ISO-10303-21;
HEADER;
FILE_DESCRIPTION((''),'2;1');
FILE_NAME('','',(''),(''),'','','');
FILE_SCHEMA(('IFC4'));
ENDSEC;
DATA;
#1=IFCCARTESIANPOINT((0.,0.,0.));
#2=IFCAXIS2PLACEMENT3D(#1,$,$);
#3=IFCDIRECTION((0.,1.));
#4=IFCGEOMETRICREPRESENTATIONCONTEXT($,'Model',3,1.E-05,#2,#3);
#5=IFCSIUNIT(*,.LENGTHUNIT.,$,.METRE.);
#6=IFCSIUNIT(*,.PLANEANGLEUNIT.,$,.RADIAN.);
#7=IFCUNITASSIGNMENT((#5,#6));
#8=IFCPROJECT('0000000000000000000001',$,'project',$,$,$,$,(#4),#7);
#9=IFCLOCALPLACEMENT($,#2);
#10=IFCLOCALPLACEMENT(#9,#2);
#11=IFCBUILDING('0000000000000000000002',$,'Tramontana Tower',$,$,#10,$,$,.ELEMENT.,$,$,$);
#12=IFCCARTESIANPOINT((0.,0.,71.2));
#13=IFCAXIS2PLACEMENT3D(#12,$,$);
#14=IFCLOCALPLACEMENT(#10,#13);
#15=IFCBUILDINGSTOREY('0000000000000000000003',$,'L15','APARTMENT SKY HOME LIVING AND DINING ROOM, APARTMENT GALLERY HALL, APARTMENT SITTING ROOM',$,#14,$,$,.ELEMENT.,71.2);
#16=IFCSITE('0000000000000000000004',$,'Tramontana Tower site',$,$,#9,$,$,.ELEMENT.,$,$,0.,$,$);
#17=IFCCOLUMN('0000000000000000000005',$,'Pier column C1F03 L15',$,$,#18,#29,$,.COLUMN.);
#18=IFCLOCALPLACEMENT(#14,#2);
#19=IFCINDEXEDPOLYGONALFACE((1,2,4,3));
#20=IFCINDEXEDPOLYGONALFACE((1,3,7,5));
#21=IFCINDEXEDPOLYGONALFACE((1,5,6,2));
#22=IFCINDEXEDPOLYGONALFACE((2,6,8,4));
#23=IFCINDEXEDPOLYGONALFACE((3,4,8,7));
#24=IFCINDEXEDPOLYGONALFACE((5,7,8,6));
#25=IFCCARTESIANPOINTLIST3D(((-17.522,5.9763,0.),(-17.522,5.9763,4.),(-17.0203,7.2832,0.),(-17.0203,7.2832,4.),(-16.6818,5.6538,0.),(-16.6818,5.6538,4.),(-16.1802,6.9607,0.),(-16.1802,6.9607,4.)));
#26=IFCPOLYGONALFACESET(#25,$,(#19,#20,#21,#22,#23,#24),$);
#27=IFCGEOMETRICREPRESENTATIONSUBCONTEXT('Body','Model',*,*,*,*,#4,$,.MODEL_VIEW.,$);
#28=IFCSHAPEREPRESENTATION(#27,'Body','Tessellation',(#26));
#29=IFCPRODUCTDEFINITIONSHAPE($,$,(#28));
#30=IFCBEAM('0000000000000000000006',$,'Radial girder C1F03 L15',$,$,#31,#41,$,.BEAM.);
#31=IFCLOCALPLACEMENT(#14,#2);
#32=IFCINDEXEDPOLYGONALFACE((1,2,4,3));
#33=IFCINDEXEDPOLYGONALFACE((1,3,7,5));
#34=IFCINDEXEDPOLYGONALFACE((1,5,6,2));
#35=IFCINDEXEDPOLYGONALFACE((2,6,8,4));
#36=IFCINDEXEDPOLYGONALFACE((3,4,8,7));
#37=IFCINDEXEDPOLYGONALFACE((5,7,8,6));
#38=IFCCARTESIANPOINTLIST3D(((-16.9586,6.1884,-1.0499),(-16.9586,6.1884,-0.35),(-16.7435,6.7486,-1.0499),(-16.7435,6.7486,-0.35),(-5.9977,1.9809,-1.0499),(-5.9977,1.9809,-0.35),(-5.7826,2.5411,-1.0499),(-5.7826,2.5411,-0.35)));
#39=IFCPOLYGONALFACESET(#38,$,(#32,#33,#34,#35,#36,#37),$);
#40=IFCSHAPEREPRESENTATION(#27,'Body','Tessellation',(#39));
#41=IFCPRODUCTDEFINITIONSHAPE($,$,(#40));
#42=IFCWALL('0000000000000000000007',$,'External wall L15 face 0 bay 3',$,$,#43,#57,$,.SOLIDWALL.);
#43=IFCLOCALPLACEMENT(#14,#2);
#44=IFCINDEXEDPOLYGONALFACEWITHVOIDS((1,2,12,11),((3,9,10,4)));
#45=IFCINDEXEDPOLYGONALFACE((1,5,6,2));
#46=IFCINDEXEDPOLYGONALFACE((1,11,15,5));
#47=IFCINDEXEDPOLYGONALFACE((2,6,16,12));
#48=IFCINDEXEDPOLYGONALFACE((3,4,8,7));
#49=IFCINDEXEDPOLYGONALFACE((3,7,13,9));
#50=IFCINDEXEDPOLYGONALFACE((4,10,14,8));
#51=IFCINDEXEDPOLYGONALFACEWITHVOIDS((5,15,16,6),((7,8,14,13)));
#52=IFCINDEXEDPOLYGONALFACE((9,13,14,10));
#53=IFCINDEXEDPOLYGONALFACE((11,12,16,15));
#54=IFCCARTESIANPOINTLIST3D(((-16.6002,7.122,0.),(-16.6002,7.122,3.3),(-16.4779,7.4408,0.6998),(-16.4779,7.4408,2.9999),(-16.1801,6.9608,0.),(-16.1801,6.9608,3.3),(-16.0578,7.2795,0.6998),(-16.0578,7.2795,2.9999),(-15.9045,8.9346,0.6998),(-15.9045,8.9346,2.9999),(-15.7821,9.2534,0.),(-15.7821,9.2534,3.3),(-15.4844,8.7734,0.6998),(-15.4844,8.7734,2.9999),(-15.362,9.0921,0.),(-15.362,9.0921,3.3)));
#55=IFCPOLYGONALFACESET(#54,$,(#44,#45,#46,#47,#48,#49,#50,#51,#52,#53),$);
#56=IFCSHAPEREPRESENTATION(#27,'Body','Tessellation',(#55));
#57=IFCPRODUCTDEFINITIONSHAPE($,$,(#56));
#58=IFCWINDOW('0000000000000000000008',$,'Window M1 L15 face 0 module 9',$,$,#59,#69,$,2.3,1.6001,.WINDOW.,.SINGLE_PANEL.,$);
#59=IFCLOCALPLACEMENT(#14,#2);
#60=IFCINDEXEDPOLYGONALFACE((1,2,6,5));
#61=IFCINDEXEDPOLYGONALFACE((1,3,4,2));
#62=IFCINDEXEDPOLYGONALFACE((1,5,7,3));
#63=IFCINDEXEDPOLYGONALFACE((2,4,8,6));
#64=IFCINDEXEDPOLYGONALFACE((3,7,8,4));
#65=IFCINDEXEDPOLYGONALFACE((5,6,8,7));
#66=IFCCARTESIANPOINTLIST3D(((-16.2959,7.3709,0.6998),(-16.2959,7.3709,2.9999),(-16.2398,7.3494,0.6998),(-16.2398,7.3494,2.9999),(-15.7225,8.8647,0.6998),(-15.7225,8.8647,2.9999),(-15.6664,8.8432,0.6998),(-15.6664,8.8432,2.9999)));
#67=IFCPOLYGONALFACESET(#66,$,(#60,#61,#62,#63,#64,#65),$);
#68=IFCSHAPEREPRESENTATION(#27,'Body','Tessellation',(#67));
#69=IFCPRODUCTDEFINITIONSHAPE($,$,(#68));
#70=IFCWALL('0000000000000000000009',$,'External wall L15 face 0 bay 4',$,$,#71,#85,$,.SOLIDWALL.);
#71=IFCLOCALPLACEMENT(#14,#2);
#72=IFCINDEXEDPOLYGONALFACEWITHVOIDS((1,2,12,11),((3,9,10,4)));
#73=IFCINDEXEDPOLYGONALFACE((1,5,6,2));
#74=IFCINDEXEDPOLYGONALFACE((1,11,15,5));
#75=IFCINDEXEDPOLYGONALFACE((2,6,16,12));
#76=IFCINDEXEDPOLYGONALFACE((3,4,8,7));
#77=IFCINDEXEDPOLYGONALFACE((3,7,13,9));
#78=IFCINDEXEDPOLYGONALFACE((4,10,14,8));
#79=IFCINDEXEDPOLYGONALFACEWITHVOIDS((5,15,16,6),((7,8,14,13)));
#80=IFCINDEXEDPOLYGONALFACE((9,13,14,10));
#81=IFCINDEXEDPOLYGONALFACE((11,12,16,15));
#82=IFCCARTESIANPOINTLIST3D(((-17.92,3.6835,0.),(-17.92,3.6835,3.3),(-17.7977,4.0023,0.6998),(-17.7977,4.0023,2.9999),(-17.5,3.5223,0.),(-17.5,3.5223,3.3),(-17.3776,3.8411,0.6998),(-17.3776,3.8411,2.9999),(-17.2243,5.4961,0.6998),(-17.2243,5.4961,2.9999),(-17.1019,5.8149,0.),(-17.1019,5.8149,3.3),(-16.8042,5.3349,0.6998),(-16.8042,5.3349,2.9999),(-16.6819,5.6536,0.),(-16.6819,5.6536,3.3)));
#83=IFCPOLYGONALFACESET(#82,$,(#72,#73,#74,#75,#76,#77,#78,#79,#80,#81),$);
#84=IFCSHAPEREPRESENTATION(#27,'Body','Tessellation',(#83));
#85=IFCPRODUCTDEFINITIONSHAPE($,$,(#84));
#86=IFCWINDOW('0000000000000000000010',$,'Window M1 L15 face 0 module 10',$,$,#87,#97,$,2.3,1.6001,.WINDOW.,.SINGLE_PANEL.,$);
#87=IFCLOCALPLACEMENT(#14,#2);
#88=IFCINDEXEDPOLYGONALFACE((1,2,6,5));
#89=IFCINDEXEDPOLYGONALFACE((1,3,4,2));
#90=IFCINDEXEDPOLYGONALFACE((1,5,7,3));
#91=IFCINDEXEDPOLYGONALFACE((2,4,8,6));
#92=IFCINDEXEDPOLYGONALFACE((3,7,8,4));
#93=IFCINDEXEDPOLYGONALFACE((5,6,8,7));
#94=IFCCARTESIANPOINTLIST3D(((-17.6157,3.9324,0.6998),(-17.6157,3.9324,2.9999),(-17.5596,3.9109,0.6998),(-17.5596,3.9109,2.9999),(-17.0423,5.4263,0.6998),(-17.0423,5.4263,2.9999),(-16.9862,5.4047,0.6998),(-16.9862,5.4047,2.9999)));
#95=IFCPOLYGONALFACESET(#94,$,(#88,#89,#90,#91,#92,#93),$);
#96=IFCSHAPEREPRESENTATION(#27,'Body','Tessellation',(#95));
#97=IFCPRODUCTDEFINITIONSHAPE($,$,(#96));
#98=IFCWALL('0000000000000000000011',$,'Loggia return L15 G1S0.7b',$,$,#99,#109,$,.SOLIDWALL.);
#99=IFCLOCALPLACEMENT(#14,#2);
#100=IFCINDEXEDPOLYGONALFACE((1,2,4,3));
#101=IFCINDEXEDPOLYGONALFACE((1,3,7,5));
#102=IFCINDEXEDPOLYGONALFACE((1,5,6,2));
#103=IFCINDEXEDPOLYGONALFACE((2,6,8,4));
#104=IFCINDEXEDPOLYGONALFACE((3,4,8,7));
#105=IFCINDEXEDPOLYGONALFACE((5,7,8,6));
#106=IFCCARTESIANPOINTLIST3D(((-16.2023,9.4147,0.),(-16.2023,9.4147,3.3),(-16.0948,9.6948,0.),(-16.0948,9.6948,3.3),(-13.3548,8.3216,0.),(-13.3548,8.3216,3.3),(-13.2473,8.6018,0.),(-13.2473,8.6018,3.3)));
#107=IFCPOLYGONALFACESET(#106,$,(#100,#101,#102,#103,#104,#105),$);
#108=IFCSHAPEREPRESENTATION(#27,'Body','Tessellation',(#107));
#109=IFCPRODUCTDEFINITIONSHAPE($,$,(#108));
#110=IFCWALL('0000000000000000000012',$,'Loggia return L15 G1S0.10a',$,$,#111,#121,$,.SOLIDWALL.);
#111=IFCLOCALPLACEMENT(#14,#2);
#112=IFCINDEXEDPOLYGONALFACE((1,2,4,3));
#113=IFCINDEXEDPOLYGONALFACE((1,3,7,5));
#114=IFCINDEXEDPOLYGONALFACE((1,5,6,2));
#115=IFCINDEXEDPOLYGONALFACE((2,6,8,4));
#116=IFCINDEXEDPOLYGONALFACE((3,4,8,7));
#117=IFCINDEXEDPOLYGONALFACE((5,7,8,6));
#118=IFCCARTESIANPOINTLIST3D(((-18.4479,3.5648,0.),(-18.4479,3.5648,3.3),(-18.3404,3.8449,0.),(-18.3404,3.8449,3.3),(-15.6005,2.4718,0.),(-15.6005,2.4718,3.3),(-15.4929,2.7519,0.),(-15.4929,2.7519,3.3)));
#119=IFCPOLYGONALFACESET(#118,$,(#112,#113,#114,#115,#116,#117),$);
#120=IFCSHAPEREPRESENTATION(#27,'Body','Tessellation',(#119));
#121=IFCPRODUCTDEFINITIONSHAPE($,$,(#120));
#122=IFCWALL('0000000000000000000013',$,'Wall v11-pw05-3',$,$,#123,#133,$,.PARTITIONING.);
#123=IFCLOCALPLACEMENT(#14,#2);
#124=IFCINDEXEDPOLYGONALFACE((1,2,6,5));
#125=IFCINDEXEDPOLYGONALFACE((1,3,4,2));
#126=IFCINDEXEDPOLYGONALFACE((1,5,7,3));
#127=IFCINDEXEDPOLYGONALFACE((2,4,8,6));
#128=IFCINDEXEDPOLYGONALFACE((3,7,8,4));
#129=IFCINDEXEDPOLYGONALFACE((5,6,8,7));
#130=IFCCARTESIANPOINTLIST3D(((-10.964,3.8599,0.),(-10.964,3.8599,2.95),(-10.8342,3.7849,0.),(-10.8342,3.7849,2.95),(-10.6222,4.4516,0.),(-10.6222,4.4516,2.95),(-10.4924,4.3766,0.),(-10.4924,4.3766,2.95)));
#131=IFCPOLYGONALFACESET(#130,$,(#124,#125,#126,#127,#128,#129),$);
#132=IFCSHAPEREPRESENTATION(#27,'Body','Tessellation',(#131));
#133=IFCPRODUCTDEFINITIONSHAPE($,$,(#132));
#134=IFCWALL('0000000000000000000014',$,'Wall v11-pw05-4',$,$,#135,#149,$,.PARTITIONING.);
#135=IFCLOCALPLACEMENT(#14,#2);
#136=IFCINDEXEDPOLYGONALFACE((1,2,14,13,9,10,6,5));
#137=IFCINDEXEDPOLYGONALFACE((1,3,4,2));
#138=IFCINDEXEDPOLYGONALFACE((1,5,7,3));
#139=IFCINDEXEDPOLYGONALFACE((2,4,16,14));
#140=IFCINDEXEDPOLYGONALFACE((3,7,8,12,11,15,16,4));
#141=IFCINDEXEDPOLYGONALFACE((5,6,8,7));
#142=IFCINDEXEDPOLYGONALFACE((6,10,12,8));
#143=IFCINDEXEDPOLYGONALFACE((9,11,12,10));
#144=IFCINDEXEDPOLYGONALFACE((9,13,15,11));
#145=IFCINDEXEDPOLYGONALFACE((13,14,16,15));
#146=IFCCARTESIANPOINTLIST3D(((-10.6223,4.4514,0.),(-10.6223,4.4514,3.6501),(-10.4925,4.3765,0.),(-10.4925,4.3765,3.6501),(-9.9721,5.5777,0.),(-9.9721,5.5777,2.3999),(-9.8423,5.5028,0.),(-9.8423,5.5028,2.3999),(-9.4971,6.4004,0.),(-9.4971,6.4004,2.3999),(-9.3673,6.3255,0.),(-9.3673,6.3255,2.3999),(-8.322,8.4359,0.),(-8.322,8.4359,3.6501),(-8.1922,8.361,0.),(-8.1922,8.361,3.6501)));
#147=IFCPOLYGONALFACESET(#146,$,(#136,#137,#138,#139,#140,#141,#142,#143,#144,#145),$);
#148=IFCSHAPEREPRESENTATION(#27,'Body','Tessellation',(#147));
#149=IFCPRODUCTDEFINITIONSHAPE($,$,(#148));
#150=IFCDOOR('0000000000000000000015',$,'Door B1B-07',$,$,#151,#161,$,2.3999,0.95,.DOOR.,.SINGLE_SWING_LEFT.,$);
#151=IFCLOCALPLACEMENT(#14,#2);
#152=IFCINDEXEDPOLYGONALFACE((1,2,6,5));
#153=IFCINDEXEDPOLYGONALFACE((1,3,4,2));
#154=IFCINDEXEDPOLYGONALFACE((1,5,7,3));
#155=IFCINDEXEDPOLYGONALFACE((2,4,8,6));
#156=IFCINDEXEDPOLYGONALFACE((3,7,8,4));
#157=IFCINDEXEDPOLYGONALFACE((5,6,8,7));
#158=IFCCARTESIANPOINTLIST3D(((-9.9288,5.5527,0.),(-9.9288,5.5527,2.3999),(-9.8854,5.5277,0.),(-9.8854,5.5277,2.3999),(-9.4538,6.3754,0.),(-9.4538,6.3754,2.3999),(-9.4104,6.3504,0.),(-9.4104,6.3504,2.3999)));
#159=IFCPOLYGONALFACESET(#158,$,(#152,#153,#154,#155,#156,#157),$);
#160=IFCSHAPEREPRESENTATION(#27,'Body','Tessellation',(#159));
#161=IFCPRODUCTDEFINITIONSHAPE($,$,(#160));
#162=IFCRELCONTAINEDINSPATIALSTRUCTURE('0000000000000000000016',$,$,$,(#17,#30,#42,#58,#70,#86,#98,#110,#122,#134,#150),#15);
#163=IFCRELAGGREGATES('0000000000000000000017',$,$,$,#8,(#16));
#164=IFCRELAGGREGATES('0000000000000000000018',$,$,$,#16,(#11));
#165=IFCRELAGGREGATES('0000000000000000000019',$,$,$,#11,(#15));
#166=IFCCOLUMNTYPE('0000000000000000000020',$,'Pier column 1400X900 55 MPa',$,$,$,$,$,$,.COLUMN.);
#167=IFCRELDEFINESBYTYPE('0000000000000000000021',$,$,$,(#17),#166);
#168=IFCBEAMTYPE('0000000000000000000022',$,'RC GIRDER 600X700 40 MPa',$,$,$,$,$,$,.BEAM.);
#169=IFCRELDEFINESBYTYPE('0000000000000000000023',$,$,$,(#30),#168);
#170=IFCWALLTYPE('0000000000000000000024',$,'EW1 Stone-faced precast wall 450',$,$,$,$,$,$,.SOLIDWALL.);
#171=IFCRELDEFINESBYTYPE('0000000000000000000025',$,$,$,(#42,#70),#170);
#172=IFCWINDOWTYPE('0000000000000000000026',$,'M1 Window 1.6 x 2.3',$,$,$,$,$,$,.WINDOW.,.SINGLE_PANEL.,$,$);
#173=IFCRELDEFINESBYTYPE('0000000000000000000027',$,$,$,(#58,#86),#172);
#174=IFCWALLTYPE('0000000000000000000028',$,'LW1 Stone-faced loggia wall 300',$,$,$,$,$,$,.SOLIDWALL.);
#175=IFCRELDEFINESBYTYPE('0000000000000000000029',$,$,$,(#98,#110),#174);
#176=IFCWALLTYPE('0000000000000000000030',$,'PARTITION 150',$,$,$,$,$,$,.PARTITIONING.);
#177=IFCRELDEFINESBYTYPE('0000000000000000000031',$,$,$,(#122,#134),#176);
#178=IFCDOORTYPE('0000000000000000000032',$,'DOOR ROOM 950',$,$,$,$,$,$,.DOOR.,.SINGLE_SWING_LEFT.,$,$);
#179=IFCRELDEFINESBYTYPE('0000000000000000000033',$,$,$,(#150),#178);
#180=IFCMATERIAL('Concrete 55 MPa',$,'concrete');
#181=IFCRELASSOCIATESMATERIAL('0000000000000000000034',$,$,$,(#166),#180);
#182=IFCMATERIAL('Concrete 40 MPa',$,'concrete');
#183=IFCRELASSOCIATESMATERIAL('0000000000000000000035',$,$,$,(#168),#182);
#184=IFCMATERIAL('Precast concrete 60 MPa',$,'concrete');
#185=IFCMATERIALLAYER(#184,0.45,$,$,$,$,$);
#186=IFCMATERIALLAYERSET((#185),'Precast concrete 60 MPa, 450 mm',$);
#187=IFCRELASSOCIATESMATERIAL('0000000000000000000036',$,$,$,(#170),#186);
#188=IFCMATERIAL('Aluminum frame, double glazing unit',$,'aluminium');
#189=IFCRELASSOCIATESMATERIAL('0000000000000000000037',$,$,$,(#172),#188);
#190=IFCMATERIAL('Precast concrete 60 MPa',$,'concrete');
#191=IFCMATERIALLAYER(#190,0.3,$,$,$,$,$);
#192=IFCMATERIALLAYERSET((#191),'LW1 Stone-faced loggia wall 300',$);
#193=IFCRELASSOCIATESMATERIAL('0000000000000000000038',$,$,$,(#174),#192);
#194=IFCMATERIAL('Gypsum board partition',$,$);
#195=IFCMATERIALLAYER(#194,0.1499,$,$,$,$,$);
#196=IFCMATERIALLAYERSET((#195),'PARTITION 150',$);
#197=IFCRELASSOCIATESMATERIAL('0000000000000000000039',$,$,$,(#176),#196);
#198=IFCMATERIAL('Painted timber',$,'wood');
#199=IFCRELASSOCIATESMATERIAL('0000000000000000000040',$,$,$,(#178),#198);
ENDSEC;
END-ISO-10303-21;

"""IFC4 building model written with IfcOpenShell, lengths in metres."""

from ifc_helpers import new_model, si_unit, direction, frame, frame_2d, origin, origin_2d, place, context, subcontext, project, spatial, rectangle, extrude, material, layer, layer_set, material_profile, profile_set, type_object, element, fill, save


model = new_model("IFC4")

# Units and contexts
model_context = context("Model", 3, precision=1e-05, world=origin(), true_north=direction((0.0, 1.0)))
body_context = subcontext(model_context, "Body", "Model", "MODEL_VIEW")
ifc_project = project(units=[si_unit("LENGTHUNIT", "METRE"), si_unit("PLANEANGLEUNIT", "RADIAN")], contexts=[model_context])

# Site, building, storey
site_placement = place(None, origin())
site = spatial("IfcSite", under=ifc_project, at=site_placement, Name="Tramontana Tower site", CompositionType="ELEMENT", RefElevation=0.0)
building_placement = place(site_placement, origin())
building = spatial("IfcBuilding", under=site, at=building_placement, Name="Tramontana Tower", CompositionType="ELEMENT")
storey_placement = place(building_placement, frame((0.0, 0.0, 71.2)))
storey = spatial("IfcBuildingStorey", under=building, at=storey_placement, Name="L15", Description="APARTMENT SKY HOME LIVING AND DINING ROOM, APARTMENT GALLERY HALL, APARTMENT SITTING ROOM", CompositionType="ELEMENT", Elevation=71.2)

# Column
ifc_material_1 = material(Name="Concrete 55 MPa", Category="concrete")
ifc_material_profile_1 = material_profile(ifc_material_1, rectangle(XDim=1.3999, YDim=0.8999, at=origin_2d()), Name="Pier column 1400X900 55 MPa")
ifc_profile_set_1 = profile_set([ifc_material_profile_1], Name="Concrete 55 MPa")
column_type = type_object("IfcColumnType", Name="Pier column 1400X900 55 MPa", PredefinedType="COLUMN", material=ifc_profile_set_1)
column_placement = place(storey_placement, frame((-16.8511, 6.4685, 0.0), z_axis=(0.0, 0.0, 1.0), x_axis=(-0.358368, -0.93358, 0.0)))
element("IfcColumn", 1, at=column_placement, inside=storey, type_object=column_type, Name="Pier column C1F03 L15", PredefinedType="COLUMN", context=body_context, shape_type="SweptSolid", body=[
    extrude(rectangle(XDim=1.3999, YDim=0.8999, at=origin_2d()), origin(), (0.0, 0.0, 1.0), 4.0),
])

# Beam
ifc_material_2 = material(Name="Concrete 40 MPa", Category="concrete")
ifc_material_profile_2 = material_profile(ifc_material_2, rectangle(XDim=0.6001, YDim=0.7, at=origin_2d()), Name="RC GIRDER 600X700 40 MPa")
ifc_profile_set_2 = profile_set([ifc_material_profile_2], Name="Concrete 40 MPa")
beam_type = type_object("IfcBeamType", Name="RC GIRDER 600X700 40 MPa", PredefinedType="BEAM", material=ifc_profile_set_2)
beam_placement = place(storey_placement, frame((-16.8511, 6.4685, -0.7), z_axis=(0.93358, -0.358369, 0.0), x_axis=(0.358369, 0.93358, 0.0)))
element("IfcBeam", 2, at=beam_placement, inside=storey, type_object=beam_type, Name="Radial girder C1F03 L15", PredefinedType="BEAM", context=body_context, shape_type="SweptSolid", body=[
    extrude(rectangle(XDim=0.6001, YDim=0.7, at=origin_2d()), origin(), (0.0, 0.0, 1.0), 11.7407),
])

# Walls, openings, windows
ifc_material_3 = material(Name="Precast concrete 60 MPa", Category="concrete")
ifc_layer_1 = layer(ifc_material_3, 0.45)
ifc_layer_set_1 = layer_set([ifc_layer_1], Name="Precast concrete 60 MPa, 450 mm")
wall_type_1 = type_object("IfcWallType", Name="EW1 Stone-faced precast wall 450", PredefinedType="SOLIDWALL", material=ifc_layer_set_1)
wall_1_placement = place(storey_placement, frame((-15.572, 9.1729, 0.0), z_axis=(0.0, 0.0, 1.0), x_axis=(-0.358356, -0.933585, 0.0)))
wall_1 = element("IfcWall", 3, at=wall_1_placement, inside=storey, type_object=wall_type_1, Name="External wall L15 face 0 bay 3", PredefinedType="SOLIDWALL", context=body_context, shape_type="SweptSolid", body=[
    extrude(rectangle(XDim=2.283, YDim=0.45, at=frame_2d((1.1416, 0.0))), origin(), (0.0, 0.0, 1.0), 3.3),
])
opening_1_placement = place(wall_1_placement, frame((0.3416, 0.0, 0.7)))
opening_1 = element("IfcOpeningElement", 4, at=opening_1_placement, cuts=wall_1, PredefinedType="OPENING", context=body_context, shape_type="SweptSolid", body=[
    extrude(rectangle(XDim=1.6001, YDim=2.3, at=frame_2d((0.8, 1.1499))), frame((0.0, 0.2349, 0.0), z_axis=(0.0, -1.0, 0.0), x_axis=(1.0, 0.0, 0.0)), (0.0, 0.0, 1.0), 0.47),
])
ifc_material_4 = material(Name="Aluminum frame, double glazing unit", Category="aluminium")
window_type = type_object("IfcWindowType", Name="M1 Window 1.6 x 2.3", PartitioningType="SINGLE_PANEL", PredefinedType="WINDOW", material=ifc_material_4)
window_1_placement = place(opening_1_placement, origin())
window_1 = element("IfcWindow", 5, at=window_1_placement, inside=storey, type_object=window_type, Name="Window M1 L15 face 0 module 9", OverallHeight=2.3, OverallWidth=1.6001, PartitioningType="SINGLE_PANEL", PredefinedType="WINDOW", context=body_context, shape_type="SweptSolid", body=[
    extrude(rectangle(XDim=1.6001, YDim=2.3, at=frame_2d((0.8, 1.1499))), frame((0.0, 0.03, 0.0), z_axis=(0.0, -1.0, 0.0), x_axis=(1.0, 0.0, 0.0)), (0.0, 0.0, 1.0), 0.0601),
])
fill(opening_1, window_1)
wall_2_placement = place(storey_placement, frame((-16.8918, 5.7344, 0.0), z_axis=(0.0, 0.0, 1.0), x_axis=(-0.358356, -0.933585, 0.0)))
wall_2 = element("IfcWall", 6, at=wall_2_placement, inside=storey, type_object=wall_type_1, Name="External wall L15 face 0 bay 4", PredefinedType="SOLIDWALL", context=body_context, shape_type="SweptSolid", body=[
    extrude(rectangle(XDim=2.283, YDim=0.45, at=frame_2d((1.1416, 0.0))), origin(), (0.0, 0.0, 1.0), 3.3),
])
opening_2_placement = place(wall_2_placement, frame((0.3416, 0.0, 0.7)))
opening_2 = element("IfcOpeningElement", 7, at=opening_2_placement, cuts=wall_2, PredefinedType="OPENING", context=body_context, shape_type="SweptSolid", body=[
    extrude(rectangle(XDim=1.6001, YDim=2.3, at=frame_2d((0.8, 1.1499))), frame((0.0, 0.2349, 0.0), z_axis=(0.0, -1.0, 0.0), x_axis=(1.0, 0.0, 0.0)), (0.0, 0.0, 1.0), 0.47),
])
window_2_placement = place(opening_2_placement, origin())
window_2 = element("IfcWindow", 8, at=window_2_placement, inside=storey, type_object=window_type, Name="Window M1 L15 face 0 module 10", OverallHeight=2.3, OverallWidth=1.6001, PartitioningType="SINGLE_PANEL", PredefinedType="WINDOW", context=body_context, shape_type="SweptSolid", body=[
    extrude(rectangle(XDim=1.6001, YDim=2.3, at=frame_2d((0.8, 1.1499))), frame((0.0, 0.03, 0.0), z_axis=(0.0, -1.0, 0.0), x_axis=(1.0, 0.0, 0.0)), (0.0, 0.0, 1.0), 0.0601),
])
fill(opening_2, window_2)

# Wall
ifc_material_5 = material(Name="Precast concrete 60 MPa", Category="concrete")
ifc_layer_2 = layer(ifc_material_5, 0.3)
ifc_layer_set_2 = layer_set([ifc_layer_2], Name="LW1 Stone-faced loggia wall 300")
wall_type_2 = type_object("IfcWallType", Name="LW1 Stone-faced loggia wall 300", PredefinedType="SOLIDWALL", material=ifc_layer_set_2)
wall_3_placement = place(storey_placement, frame((-16.1484, 9.5547, 0.0), z_axis=(0.0, 0.0, 1.0), x_axis=(0.933581, -0.358368, 0.0)))
element("IfcWall", 9, at=wall_3_placement, inside=storey, type_object=wall_type_2, Name="Loggia return L15 G1S0.7b", PredefinedType="SOLIDWALL", context=body_context, shape_type="SweptSolid", body=[
    extrude(rectangle(XDim=3.05, YDim=0.3, at=frame_2d((1.5249, 0.0))), origin(), (0.0, 0.0, 1.0), 3.3),
])

# Walls
wall_4_placement = place(storey_placement, frame((-18.394, 3.7048, 0.0), z_axis=(0.0, 0.0, 1.0), x_axis=(0.933581, -0.358368, 0.0)))
element("IfcWall", 10, at=wall_4_placement, inside=storey, type_object=wall_type_2, Name="Loggia return L15 G1S0.10a", PredefinedType="SOLIDWALL", context=body_context, shape_type="SweptSolid", body=[
    extrude(rectangle(XDim=3.05, YDim=0.3, at=frame_2d((1.5249, 0.0))), origin(), (0.0, 0.0, 1.0), 3.3),
])
ifc_material_6 = material(Name="Gypsum board partition")
ifc_layer_3 = layer(ifc_material_6, 0.1499)
ifc_layer_set_3 = layer_set([ifc_layer_3], Name="PARTITION 150")
wall_type_3 = type_object("IfcWallType", Name="PARTITION 150", PredefinedType="PARTITIONING", material=ifc_layer_set_3)
wall_5_placement = place(storey_placement, frame((-10.8992, 3.8223, 0.0), z_axis=(0.0, 0.0, 1.0), x_axis=(0.500135, 0.865948, 0.0)))
element("IfcWall", 11, at=wall_5_placement, inside=storey, type_object=wall_type_3, Name="Wall v11-pw05-3", PredefinedType="PARTITIONING", context=body_context, shape_type="SweptSolid", body=[
    extrude(rectangle(XDim=0.6833, YDim=0.1499, at=frame_2d((0.3418, 0.0))), origin(), (0.0, 0.0, 1.0), 2.95),
])

# Wall, opening, door
wall_6_placement = place(storey_placement, frame((-10.5574, 4.4141, 0.0), z_axis=(0.0, 0.0, 1.0), x_axis=(0.499986, 0.866034, 0.0)))
wall_6 = element("IfcWall", 12, at=wall_6_placement, inside=storey, type_object=wall_type_3, Name="Wall v11-pw05-4", PredefinedType="PARTITIONING", context=body_context, shape_type="SweptSolid", body=[
    extrude(rectangle(XDim=4.6008, YDim=0.1499, at=frame_2d((2.3003, 0.0))), origin(), (0.0, 0.0, 1.0), 3.6501),
])
opening_3_placement = place(wall_6_placement, frame((1.3003, 0.0, 0.0)))
opening_3 = element("IfcOpeningElement", 13, at=opening_3_placement, cuts=wall_6, PredefinedType="OPENING", context=body_context, shape_type="SweptSolid", body=[
    extrude(rectangle(XDim=0.95, YDim=2.3999, at=frame_2d((0.4751, 1.2))), frame((0.0, 0.085, 0.0), z_axis=(0.0, -1.0, 0.0), x_axis=(1.0, 0.0, 0.0)), (0.0, 0.0, 1.0), 0.1699),
])
ifc_material_7 = material(Name="Painted timber", Category="wood")
door_type_1 = type_object("IfcDoorType", Name="DOOR ROOM 950", OperationType="SINGLE_SWING_LEFT", PredefinedType="DOOR", material=ifc_material_7)
door_1_placement = place(opening_3_placement, origin())
door_1 = element("IfcDoor", 14, at=door_1_placement, inside=storey, type_object=door_type_1, Name="Door B1B-07", OperationType="SINGLE_SWING_LEFT", OverallHeight=2.3999, OverallWidth=0.95, PredefinedType="DOOR", context=body_context, shape_type="SweptSolid", body=[
    extrude(rectangle(XDim=0.95, YDim=2.3999, at=frame_2d((0.4751, 1.2))), frame((0.0, 0.0249, 0.0), z_axis=(0.0, -1.0, 0.0), x_axis=(1.0, 0.0, 0.0)), (0.0, 0.0, 1.0), 0.05),
])
fill(opening_3, door_1)

save(model, "model.ifc")
